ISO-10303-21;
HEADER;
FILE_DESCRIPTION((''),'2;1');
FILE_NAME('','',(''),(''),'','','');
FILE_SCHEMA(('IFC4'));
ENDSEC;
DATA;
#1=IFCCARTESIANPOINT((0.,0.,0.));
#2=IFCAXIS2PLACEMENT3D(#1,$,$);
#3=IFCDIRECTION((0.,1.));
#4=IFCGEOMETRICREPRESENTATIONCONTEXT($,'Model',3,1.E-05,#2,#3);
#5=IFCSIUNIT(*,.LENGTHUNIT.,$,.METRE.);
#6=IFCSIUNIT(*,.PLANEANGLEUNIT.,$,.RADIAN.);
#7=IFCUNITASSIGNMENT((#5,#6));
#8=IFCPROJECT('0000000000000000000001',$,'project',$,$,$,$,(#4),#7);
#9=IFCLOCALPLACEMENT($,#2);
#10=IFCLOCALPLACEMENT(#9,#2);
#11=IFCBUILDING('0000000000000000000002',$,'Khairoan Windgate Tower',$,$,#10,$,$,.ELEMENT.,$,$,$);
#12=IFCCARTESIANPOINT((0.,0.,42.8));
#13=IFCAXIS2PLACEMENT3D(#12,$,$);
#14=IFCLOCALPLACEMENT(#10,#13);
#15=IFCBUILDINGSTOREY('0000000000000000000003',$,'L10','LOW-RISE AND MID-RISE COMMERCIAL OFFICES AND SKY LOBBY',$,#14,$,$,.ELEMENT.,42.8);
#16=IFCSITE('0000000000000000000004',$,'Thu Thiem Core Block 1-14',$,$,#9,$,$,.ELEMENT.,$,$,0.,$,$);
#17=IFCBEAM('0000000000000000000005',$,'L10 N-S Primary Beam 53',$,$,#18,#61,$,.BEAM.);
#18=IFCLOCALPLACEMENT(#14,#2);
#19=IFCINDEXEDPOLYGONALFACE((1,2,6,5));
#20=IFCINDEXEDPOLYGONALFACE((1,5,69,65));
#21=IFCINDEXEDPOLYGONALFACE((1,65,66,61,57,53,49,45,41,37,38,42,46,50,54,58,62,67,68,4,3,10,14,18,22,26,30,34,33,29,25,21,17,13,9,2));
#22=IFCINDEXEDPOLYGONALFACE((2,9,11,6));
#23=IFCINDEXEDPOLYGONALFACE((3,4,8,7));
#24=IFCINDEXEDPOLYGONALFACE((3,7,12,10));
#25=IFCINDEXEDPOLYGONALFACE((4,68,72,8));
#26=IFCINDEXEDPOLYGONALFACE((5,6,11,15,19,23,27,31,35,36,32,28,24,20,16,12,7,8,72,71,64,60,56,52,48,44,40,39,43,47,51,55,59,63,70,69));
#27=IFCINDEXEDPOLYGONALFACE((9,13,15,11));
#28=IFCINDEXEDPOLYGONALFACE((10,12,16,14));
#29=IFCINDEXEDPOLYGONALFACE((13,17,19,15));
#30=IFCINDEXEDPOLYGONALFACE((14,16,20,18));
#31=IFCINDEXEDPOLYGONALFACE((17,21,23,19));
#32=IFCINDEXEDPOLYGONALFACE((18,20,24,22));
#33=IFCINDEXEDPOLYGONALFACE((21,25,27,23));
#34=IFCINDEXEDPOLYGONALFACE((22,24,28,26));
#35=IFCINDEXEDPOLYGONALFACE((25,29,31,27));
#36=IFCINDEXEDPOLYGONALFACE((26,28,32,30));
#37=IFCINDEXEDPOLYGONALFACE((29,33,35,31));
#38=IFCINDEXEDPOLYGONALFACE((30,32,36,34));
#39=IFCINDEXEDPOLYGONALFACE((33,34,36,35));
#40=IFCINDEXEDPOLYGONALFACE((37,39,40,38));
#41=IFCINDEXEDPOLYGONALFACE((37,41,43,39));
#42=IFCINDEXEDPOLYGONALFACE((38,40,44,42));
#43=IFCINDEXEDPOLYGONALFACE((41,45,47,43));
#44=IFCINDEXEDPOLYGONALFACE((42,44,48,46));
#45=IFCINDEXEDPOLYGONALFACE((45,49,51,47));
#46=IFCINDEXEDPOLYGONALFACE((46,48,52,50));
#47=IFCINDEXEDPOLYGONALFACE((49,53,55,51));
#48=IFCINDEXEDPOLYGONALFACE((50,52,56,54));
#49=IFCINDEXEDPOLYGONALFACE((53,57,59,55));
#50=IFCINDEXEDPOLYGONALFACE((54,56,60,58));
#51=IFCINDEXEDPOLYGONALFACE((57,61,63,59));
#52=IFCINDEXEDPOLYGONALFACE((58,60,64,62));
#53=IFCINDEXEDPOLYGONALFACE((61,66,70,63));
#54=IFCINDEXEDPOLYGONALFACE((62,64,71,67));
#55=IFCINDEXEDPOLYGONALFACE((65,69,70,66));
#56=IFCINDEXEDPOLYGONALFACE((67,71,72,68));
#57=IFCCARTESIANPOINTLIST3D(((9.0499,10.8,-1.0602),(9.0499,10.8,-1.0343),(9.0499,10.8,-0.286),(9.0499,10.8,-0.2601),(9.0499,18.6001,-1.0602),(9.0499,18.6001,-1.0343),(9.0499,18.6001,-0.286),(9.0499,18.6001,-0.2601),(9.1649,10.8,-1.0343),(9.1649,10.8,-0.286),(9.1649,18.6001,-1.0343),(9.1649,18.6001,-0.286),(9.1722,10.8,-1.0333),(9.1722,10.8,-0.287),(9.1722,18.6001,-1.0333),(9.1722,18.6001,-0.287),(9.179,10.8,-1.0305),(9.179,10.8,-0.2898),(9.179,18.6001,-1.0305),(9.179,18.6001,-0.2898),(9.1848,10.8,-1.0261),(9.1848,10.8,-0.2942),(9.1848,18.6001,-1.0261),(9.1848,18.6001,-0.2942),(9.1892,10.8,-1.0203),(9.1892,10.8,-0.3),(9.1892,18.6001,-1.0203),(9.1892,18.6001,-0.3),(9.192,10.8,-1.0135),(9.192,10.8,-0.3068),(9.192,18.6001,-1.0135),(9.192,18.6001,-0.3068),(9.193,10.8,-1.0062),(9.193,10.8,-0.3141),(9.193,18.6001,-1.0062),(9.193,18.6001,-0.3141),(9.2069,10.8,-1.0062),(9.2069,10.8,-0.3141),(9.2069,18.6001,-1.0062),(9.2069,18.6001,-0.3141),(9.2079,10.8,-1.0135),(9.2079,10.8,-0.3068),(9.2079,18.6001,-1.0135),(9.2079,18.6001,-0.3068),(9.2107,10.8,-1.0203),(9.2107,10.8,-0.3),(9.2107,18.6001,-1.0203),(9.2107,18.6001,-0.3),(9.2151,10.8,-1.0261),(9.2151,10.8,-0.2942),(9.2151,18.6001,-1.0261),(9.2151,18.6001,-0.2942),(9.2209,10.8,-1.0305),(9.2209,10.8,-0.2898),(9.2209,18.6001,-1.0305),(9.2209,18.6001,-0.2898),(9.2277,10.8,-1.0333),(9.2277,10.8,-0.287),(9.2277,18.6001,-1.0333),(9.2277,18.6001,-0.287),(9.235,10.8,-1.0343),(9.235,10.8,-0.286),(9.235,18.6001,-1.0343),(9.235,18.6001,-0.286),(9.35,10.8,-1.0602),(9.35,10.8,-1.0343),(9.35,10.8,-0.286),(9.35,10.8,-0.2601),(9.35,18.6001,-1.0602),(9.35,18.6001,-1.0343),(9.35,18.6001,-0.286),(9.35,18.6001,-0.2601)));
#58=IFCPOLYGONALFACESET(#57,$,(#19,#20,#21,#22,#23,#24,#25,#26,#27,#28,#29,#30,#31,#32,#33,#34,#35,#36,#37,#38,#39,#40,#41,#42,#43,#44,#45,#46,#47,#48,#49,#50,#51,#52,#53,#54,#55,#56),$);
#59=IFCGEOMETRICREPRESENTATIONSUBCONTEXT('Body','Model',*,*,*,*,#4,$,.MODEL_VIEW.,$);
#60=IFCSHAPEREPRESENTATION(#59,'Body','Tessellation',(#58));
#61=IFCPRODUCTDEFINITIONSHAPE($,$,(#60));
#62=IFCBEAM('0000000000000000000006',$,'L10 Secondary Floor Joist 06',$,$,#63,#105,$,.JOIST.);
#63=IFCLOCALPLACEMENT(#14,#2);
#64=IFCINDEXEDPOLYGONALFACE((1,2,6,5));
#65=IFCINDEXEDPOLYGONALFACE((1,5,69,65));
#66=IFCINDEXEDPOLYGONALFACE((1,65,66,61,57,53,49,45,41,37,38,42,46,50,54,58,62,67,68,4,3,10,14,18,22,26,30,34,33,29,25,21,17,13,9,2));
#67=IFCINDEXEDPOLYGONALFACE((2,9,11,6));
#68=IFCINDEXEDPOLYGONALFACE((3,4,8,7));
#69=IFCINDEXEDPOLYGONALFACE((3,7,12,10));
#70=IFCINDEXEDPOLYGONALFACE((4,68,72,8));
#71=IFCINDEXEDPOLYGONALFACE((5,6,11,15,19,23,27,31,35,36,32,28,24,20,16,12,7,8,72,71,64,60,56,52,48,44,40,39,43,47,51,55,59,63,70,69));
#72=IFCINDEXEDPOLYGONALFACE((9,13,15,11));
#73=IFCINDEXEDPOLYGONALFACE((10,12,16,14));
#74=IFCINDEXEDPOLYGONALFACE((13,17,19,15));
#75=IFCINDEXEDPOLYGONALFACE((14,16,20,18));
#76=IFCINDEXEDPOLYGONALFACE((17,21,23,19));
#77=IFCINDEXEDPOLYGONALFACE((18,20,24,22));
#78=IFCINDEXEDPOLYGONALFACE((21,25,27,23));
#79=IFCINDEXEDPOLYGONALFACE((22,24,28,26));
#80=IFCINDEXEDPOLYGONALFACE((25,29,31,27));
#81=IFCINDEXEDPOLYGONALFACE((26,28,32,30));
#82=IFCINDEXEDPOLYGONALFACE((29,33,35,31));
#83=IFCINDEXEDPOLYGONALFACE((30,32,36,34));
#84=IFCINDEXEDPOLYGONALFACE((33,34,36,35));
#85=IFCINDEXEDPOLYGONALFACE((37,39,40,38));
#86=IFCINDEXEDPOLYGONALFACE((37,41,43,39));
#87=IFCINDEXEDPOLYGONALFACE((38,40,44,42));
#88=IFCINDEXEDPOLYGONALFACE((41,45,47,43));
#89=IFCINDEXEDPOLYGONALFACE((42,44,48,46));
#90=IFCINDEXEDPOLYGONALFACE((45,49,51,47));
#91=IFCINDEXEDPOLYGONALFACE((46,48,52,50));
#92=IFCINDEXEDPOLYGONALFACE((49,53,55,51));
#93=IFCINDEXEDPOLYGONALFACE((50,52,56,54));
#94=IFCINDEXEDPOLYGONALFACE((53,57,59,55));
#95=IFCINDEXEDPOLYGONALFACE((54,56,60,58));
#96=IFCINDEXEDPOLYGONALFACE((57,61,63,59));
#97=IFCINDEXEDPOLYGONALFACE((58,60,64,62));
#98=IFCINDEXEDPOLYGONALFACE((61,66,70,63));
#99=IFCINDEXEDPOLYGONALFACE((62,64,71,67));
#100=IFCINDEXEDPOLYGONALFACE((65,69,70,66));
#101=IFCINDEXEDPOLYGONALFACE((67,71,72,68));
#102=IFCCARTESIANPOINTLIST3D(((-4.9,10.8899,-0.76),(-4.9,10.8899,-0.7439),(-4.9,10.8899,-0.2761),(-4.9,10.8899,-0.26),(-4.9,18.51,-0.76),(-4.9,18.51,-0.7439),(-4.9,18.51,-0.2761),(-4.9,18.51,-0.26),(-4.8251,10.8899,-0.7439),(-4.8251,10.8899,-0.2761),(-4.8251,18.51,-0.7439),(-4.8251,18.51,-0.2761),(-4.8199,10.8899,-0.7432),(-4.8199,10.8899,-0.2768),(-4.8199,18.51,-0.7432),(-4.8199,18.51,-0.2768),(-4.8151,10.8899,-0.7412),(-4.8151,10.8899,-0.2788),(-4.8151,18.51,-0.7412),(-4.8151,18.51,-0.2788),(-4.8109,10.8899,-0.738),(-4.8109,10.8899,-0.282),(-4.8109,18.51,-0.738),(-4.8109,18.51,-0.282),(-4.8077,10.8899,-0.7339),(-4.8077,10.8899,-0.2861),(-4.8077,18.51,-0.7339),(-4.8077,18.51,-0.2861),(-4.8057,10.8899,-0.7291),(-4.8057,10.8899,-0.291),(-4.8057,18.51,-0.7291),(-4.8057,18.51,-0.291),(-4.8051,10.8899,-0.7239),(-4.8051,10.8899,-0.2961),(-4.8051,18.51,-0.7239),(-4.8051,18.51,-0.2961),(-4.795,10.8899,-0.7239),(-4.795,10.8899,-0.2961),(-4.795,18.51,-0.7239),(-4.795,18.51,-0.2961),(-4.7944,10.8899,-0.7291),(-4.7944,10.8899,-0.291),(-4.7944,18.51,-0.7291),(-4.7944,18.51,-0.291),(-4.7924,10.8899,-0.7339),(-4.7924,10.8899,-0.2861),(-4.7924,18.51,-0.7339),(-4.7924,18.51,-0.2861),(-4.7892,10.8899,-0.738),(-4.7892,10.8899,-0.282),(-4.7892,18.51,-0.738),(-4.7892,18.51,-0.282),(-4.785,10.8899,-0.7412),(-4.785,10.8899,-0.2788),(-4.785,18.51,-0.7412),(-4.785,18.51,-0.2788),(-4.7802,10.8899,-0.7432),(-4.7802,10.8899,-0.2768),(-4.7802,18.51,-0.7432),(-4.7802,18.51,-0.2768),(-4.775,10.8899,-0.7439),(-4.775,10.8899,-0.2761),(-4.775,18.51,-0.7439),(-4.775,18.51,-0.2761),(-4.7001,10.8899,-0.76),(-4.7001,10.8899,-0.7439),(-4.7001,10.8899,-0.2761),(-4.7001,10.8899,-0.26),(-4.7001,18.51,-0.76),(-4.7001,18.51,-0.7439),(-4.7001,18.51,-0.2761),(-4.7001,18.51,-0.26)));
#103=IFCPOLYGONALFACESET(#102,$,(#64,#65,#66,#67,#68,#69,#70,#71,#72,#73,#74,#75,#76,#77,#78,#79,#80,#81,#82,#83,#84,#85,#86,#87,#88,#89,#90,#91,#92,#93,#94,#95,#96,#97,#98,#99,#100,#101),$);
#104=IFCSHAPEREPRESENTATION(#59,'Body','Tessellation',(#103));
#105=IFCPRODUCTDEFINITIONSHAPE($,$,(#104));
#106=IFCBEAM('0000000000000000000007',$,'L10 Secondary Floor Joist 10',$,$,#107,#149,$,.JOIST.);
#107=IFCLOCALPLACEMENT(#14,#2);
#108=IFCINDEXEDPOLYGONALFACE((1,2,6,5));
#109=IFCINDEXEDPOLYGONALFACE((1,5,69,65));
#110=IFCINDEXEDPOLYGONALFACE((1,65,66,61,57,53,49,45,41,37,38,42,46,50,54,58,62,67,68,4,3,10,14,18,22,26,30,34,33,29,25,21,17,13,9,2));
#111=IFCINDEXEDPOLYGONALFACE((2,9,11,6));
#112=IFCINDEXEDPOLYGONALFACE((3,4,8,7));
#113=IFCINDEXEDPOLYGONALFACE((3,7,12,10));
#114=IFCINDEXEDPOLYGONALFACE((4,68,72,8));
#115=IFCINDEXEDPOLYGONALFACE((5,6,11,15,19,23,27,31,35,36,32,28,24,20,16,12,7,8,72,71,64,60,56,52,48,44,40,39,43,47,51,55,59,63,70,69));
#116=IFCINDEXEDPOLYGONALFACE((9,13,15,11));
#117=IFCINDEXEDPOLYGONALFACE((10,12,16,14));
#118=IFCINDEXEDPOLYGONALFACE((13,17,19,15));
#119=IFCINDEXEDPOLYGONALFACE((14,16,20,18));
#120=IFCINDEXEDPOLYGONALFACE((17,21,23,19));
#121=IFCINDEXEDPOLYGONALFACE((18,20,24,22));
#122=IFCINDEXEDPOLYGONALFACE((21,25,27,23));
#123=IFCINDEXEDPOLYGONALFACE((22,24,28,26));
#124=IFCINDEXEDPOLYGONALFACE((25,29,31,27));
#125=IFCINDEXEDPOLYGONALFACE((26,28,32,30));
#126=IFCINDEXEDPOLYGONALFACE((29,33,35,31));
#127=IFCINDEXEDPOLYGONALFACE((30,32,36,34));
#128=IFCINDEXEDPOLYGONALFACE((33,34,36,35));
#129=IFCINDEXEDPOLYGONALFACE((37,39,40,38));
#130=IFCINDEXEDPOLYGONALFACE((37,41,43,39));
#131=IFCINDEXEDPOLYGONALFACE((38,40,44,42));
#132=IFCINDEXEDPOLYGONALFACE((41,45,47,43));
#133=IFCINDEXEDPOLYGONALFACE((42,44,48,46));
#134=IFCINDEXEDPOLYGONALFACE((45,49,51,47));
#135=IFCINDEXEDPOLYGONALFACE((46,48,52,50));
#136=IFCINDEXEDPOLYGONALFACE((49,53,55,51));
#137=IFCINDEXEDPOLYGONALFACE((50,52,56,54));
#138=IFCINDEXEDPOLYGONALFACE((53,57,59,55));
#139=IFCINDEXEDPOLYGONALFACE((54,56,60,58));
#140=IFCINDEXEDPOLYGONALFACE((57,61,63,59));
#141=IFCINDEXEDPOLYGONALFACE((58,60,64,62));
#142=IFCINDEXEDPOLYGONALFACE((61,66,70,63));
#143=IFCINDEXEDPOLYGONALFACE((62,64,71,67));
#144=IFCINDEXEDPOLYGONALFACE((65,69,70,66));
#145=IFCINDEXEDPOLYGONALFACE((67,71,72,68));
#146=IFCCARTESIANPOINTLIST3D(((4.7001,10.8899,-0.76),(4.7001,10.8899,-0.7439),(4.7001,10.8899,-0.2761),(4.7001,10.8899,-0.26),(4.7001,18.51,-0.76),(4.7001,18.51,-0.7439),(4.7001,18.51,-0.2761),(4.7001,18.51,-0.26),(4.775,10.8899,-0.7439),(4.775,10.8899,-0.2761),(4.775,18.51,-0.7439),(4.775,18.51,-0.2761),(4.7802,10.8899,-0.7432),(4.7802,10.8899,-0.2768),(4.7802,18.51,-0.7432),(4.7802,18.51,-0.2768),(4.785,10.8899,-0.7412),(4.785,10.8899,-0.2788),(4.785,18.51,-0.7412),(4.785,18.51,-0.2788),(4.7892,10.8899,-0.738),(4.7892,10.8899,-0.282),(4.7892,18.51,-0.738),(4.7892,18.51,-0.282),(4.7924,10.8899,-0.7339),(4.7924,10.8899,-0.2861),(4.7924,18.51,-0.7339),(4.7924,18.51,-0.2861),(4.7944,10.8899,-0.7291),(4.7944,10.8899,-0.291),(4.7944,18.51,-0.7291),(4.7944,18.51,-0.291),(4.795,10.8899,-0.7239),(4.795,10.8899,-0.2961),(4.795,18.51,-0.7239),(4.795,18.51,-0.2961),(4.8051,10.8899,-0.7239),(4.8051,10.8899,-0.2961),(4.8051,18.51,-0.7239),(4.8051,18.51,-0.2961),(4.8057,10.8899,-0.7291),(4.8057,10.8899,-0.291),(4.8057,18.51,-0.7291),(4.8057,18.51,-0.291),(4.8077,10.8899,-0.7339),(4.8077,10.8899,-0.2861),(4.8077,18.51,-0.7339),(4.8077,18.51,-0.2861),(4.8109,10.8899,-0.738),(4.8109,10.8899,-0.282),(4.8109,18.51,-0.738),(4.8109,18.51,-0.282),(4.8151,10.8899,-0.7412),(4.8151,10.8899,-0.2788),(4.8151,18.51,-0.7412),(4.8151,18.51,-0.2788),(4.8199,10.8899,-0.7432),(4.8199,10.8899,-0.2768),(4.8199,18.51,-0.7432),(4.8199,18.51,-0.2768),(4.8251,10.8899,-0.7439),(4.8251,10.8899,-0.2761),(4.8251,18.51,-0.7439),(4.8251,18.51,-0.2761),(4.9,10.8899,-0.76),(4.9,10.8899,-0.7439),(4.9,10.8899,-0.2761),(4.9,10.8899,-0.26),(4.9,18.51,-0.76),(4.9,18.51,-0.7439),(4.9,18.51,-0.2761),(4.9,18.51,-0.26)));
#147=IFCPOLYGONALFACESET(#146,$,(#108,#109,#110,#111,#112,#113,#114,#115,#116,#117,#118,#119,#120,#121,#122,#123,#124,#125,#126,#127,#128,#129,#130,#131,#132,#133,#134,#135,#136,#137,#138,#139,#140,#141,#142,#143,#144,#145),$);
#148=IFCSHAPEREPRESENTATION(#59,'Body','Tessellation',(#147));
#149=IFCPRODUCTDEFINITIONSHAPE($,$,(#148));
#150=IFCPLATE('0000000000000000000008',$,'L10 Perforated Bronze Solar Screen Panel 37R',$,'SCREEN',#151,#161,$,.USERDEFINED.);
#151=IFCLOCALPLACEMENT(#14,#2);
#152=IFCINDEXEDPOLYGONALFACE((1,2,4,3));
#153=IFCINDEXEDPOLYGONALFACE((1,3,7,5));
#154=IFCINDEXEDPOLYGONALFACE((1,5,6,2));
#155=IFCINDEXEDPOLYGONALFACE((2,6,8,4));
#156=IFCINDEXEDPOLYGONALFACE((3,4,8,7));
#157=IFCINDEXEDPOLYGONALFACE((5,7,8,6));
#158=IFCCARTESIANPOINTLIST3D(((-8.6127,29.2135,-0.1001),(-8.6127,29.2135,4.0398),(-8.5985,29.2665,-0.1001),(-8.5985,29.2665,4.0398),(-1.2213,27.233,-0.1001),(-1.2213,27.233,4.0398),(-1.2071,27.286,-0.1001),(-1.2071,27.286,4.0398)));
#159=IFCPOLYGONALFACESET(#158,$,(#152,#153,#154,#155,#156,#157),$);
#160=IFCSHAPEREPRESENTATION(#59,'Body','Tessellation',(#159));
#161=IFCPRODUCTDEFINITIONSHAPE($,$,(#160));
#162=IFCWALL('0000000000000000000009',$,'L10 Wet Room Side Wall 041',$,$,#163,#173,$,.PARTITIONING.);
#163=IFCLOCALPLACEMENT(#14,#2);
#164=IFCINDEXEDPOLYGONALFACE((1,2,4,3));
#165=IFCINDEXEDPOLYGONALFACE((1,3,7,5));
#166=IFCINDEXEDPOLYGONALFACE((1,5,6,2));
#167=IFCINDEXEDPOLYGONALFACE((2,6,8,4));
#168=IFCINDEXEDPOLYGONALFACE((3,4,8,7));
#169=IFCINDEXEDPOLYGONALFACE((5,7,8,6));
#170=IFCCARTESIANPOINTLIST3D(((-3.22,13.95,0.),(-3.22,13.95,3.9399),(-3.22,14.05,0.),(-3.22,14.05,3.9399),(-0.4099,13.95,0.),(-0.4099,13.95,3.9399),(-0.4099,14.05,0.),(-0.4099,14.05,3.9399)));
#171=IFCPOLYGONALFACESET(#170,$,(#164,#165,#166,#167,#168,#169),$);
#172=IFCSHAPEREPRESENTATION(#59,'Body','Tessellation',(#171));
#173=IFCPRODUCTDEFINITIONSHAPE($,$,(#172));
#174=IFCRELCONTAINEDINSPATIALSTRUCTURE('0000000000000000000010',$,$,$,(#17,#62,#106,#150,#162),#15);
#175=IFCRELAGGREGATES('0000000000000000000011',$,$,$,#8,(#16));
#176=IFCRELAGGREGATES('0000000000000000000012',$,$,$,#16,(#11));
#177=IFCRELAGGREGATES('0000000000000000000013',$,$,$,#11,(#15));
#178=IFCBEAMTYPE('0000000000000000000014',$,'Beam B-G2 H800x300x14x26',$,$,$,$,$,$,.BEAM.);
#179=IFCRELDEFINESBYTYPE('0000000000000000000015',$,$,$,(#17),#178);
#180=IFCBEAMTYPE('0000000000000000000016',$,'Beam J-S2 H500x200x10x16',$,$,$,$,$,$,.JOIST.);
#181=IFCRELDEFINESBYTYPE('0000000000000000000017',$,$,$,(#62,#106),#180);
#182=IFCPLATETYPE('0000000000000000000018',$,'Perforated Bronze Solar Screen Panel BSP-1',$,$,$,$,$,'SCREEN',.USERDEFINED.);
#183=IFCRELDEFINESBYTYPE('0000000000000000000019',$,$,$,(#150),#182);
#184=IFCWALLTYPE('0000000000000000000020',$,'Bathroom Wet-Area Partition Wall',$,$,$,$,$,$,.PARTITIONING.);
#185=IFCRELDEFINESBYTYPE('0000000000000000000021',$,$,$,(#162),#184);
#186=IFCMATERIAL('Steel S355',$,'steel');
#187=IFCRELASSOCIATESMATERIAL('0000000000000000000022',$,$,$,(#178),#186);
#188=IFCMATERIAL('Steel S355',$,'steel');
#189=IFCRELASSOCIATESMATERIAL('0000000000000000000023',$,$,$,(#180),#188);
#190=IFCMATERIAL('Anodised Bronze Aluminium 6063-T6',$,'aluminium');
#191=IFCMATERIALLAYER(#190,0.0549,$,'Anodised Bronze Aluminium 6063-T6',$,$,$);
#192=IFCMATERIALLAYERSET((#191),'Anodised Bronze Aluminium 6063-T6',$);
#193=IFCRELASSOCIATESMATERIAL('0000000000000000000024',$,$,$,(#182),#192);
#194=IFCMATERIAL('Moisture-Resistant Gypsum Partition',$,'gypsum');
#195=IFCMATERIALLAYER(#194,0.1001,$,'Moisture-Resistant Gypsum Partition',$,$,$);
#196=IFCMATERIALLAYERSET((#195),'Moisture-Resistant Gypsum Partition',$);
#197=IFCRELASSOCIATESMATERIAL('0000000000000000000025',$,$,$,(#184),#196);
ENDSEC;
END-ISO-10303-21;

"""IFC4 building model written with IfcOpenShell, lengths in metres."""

from ifc_helpers import new_model, si_unit, direction, frame, frame_2d, origin, origin_2d, place, context, subcontext, project, spatial, rectangle, i_section, extrude, material, layer, layer_set, material_profile, profile_set, type_object, element, save


model = new_model("IFC4")

# Units and contexts
model_context = context("Model", 3, precision=1e-05, world=origin(), true_north=direction((0.0, 1.0)))
body_context = subcontext(model_context, "Body", "Model", "MODEL_VIEW")
ifc_project = project(units=[si_unit("LENGTHUNIT", "METRE"), si_unit("PLANEANGLEUNIT", "RADIAN")], contexts=[model_context])

# Site, building, storey
site_placement = place(None, origin())
site = spatial("IfcSite", under=ifc_project, at=site_placement, Name="Thu Thiem Core Block 1-14", CompositionType="ELEMENT", RefElevation=0.0)
building_placement = place(site_placement, origin())
building = spatial("IfcBuilding", under=site, at=building_placement, Name="Khairoan Windgate Tower", CompositionType="ELEMENT")
storey_placement = place(building_placement, frame((0.0, 0.0, 42.8)))
storey = spatial("IfcBuildingStorey", under=building, at=storey_placement, Name="L10", Description="LOW-RISE AND MID-RISE COMMERCIAL OFFICES AND SKY LOBBY", CompositionType="ELEMENT", Elevation=42.8)

# Beams
ifc_material_1 = material(Name="Steel S355", Category="steel")
ifc_material_profile_1 = material_profile(ifc_material_1, i_section(OverallWidth=0.3, OverallDepth=0.8, WebThickness=0.0139, FlangeThickness=0.0259, FilletRadius=0.0281, at=origin_2d()))
ifc_profile_set_1 = profile_set([ifc_material_profile_1], Name="Steel S355")
beam_type_1 = type_object("IfcBeamType", Name="Beam B-G2 H800x300x14x26", PredefinedType="BEAM", material=ifc_profile_set_1)
beam_1_placement = place(storey_placement, frame((9.2, 10.8, -0.6602), z_axis=(0.0, 1.0, 0.0), x_axis=(-1.0, 0.0, 0.0)))
element("IfcBeam", 1, at=beam_1_placement, inside=storey, type_object=beam_type_1, Name="L10 N-S Primary Beam 53", PredefinedType="BEAM", context=body_context, shape_type="SweptSolid", body=[
    extrude(i_section(OverallWidth=0.3, OverallDepth=0.8, WebThickness=0.0139, FlangeThickness=0.0259, FilletRadius=0.0281, at=origin_2d()), origin(), (0.0, 0.0, 1.0), 7.8),
])
ifc_material_2 = material(Name="Steel S355", Category="steel")
ifc_material_profile_2 = material_profile(ifc_material_2, i_section(OverallWidth=0.2, OverallDepth=0.5, WebThickness=0.01, FlangeThickness=0.0161, FilletRadius=0.02, at=origin_2d()))
ifc_profile_set_2 = profile_set([ifc_material_profile_2], Name="Steel S355")
beam_type_2 = type_object("IfcBeamType", Name="Beam J-S2 H500x200x10x16", PredefinedType="JOIST", material=ifc_profile_set_2)
for number, where, z_axis, x_axis, name in (
    (2, (-4.8, 10.8899, -0.51), (0.0, 1.0, 0.0), (-1.0, 0.0, 0.0), "L10 Secondary Floor Joist 06"),
    (3, (4.8, 10.8899, -0.51), (0.0, 1.0, 0.0), (-1.0, 0.0, 0.0), "L10 Secondary Floor Joist 10"),
):
    element("IfcBeam", number, at=place(storey_placement, frame(where, z_axis=z_axis, x_axis=x_axis)), inside=storey, type_object=beam_type_2, Name=name, PredefinedType="JOIST", context=body_context, shape_type="SweptSolid", body=[
        extrude(i_section(OverallWidth=0.2, OverallDepth=0.5, WebThickness=0.01, FlangeThickness=0.0161, FilletRadius=0.02, at=origin_2d()), origin(), (0.0, 0.0, 1.0), 7.6201),
    ])

# Plate
ifc_material_3 = material(Name="Anodised Bronze Aluminium 6063-T6", Category="aluminium")
ifc_layer_1 = layer(ifc_material_3, 0.0549, Name="Anodised Bronze Aluminium 6063-T6")
ifc_layer_set_1 = layer_set([ifc_layer_1], Name="Anodised Bronze Aluminium 6063-T6")
plate_type = type_object("IfcPlateType", Name="Perforated Bronze Solar Screen Panel BSP-1", ElementType="SCREEN", PredefinedType="USERDEFINED", material=ifc_layer_set_1)
plate_placement = place(storey_placement, frame((-4.9099, 28.2498, -0.1001), z_axis=(0.0, 0.0, 1.0), x_axis=(0.965926, -0.258819, 0.0)))
element("IfcPlate", 4, at=plate_placement, inside=storey, type_object=plate_type, Name="L10 Perforated Bronze Solar Screen Panel 37R", ObjectType="SCREEN", PredefinedType="USERDEFINED", context=body_context, shape_type="SweptSolid", body=[
    extrude(rectangle(XDim=7.6521, YDim=0.0549, at=origin_2d()), origin(), (0.0, 0.0, 1.0), 4.1399),
])

# Wall
ifc_material_4 = material(Name="Moisture-Resistant Gypsum Partition", Category="gypsum")
ifc_layer_2 = layer(ifc_material_4, 0.1001, Name="Moisture-Resistant Gypsum Partition")
ifc_layer_set_2 = layer_set([ifc_layer_2], Name="Moisture-Resistant Gypsum Partition")
wall_type_1 = type_object("IfcWallType", Name="Bathroom Wet-Area Partition Wall", PredefinedType="PARTITIONING", material=ifc_layer_set_2)
wall_1_placement = place(storey_placement, frame((-3.22, 14.0, 0.0), z_axis=(0.0, 0.0, 1.0), x_axis=(1.0, 0.0, 0.0)))
element("IfcWall", 5, at=wall_1_placement, inside=storey, type_object=wall_type_1, Name="L10 Wet Room Side Wall 041", PredefinedType="PARTITIONING", context=body_context, shape_type="SweptSolid", body=[
    extrude(rectangle(XDim=2.8101, YDim=0.1001, at=frame_2d((1.405, 0.0))), origin(), (0.0, 0.0, 1.0), 3.9399),
])

save(model, "model.ifc")
